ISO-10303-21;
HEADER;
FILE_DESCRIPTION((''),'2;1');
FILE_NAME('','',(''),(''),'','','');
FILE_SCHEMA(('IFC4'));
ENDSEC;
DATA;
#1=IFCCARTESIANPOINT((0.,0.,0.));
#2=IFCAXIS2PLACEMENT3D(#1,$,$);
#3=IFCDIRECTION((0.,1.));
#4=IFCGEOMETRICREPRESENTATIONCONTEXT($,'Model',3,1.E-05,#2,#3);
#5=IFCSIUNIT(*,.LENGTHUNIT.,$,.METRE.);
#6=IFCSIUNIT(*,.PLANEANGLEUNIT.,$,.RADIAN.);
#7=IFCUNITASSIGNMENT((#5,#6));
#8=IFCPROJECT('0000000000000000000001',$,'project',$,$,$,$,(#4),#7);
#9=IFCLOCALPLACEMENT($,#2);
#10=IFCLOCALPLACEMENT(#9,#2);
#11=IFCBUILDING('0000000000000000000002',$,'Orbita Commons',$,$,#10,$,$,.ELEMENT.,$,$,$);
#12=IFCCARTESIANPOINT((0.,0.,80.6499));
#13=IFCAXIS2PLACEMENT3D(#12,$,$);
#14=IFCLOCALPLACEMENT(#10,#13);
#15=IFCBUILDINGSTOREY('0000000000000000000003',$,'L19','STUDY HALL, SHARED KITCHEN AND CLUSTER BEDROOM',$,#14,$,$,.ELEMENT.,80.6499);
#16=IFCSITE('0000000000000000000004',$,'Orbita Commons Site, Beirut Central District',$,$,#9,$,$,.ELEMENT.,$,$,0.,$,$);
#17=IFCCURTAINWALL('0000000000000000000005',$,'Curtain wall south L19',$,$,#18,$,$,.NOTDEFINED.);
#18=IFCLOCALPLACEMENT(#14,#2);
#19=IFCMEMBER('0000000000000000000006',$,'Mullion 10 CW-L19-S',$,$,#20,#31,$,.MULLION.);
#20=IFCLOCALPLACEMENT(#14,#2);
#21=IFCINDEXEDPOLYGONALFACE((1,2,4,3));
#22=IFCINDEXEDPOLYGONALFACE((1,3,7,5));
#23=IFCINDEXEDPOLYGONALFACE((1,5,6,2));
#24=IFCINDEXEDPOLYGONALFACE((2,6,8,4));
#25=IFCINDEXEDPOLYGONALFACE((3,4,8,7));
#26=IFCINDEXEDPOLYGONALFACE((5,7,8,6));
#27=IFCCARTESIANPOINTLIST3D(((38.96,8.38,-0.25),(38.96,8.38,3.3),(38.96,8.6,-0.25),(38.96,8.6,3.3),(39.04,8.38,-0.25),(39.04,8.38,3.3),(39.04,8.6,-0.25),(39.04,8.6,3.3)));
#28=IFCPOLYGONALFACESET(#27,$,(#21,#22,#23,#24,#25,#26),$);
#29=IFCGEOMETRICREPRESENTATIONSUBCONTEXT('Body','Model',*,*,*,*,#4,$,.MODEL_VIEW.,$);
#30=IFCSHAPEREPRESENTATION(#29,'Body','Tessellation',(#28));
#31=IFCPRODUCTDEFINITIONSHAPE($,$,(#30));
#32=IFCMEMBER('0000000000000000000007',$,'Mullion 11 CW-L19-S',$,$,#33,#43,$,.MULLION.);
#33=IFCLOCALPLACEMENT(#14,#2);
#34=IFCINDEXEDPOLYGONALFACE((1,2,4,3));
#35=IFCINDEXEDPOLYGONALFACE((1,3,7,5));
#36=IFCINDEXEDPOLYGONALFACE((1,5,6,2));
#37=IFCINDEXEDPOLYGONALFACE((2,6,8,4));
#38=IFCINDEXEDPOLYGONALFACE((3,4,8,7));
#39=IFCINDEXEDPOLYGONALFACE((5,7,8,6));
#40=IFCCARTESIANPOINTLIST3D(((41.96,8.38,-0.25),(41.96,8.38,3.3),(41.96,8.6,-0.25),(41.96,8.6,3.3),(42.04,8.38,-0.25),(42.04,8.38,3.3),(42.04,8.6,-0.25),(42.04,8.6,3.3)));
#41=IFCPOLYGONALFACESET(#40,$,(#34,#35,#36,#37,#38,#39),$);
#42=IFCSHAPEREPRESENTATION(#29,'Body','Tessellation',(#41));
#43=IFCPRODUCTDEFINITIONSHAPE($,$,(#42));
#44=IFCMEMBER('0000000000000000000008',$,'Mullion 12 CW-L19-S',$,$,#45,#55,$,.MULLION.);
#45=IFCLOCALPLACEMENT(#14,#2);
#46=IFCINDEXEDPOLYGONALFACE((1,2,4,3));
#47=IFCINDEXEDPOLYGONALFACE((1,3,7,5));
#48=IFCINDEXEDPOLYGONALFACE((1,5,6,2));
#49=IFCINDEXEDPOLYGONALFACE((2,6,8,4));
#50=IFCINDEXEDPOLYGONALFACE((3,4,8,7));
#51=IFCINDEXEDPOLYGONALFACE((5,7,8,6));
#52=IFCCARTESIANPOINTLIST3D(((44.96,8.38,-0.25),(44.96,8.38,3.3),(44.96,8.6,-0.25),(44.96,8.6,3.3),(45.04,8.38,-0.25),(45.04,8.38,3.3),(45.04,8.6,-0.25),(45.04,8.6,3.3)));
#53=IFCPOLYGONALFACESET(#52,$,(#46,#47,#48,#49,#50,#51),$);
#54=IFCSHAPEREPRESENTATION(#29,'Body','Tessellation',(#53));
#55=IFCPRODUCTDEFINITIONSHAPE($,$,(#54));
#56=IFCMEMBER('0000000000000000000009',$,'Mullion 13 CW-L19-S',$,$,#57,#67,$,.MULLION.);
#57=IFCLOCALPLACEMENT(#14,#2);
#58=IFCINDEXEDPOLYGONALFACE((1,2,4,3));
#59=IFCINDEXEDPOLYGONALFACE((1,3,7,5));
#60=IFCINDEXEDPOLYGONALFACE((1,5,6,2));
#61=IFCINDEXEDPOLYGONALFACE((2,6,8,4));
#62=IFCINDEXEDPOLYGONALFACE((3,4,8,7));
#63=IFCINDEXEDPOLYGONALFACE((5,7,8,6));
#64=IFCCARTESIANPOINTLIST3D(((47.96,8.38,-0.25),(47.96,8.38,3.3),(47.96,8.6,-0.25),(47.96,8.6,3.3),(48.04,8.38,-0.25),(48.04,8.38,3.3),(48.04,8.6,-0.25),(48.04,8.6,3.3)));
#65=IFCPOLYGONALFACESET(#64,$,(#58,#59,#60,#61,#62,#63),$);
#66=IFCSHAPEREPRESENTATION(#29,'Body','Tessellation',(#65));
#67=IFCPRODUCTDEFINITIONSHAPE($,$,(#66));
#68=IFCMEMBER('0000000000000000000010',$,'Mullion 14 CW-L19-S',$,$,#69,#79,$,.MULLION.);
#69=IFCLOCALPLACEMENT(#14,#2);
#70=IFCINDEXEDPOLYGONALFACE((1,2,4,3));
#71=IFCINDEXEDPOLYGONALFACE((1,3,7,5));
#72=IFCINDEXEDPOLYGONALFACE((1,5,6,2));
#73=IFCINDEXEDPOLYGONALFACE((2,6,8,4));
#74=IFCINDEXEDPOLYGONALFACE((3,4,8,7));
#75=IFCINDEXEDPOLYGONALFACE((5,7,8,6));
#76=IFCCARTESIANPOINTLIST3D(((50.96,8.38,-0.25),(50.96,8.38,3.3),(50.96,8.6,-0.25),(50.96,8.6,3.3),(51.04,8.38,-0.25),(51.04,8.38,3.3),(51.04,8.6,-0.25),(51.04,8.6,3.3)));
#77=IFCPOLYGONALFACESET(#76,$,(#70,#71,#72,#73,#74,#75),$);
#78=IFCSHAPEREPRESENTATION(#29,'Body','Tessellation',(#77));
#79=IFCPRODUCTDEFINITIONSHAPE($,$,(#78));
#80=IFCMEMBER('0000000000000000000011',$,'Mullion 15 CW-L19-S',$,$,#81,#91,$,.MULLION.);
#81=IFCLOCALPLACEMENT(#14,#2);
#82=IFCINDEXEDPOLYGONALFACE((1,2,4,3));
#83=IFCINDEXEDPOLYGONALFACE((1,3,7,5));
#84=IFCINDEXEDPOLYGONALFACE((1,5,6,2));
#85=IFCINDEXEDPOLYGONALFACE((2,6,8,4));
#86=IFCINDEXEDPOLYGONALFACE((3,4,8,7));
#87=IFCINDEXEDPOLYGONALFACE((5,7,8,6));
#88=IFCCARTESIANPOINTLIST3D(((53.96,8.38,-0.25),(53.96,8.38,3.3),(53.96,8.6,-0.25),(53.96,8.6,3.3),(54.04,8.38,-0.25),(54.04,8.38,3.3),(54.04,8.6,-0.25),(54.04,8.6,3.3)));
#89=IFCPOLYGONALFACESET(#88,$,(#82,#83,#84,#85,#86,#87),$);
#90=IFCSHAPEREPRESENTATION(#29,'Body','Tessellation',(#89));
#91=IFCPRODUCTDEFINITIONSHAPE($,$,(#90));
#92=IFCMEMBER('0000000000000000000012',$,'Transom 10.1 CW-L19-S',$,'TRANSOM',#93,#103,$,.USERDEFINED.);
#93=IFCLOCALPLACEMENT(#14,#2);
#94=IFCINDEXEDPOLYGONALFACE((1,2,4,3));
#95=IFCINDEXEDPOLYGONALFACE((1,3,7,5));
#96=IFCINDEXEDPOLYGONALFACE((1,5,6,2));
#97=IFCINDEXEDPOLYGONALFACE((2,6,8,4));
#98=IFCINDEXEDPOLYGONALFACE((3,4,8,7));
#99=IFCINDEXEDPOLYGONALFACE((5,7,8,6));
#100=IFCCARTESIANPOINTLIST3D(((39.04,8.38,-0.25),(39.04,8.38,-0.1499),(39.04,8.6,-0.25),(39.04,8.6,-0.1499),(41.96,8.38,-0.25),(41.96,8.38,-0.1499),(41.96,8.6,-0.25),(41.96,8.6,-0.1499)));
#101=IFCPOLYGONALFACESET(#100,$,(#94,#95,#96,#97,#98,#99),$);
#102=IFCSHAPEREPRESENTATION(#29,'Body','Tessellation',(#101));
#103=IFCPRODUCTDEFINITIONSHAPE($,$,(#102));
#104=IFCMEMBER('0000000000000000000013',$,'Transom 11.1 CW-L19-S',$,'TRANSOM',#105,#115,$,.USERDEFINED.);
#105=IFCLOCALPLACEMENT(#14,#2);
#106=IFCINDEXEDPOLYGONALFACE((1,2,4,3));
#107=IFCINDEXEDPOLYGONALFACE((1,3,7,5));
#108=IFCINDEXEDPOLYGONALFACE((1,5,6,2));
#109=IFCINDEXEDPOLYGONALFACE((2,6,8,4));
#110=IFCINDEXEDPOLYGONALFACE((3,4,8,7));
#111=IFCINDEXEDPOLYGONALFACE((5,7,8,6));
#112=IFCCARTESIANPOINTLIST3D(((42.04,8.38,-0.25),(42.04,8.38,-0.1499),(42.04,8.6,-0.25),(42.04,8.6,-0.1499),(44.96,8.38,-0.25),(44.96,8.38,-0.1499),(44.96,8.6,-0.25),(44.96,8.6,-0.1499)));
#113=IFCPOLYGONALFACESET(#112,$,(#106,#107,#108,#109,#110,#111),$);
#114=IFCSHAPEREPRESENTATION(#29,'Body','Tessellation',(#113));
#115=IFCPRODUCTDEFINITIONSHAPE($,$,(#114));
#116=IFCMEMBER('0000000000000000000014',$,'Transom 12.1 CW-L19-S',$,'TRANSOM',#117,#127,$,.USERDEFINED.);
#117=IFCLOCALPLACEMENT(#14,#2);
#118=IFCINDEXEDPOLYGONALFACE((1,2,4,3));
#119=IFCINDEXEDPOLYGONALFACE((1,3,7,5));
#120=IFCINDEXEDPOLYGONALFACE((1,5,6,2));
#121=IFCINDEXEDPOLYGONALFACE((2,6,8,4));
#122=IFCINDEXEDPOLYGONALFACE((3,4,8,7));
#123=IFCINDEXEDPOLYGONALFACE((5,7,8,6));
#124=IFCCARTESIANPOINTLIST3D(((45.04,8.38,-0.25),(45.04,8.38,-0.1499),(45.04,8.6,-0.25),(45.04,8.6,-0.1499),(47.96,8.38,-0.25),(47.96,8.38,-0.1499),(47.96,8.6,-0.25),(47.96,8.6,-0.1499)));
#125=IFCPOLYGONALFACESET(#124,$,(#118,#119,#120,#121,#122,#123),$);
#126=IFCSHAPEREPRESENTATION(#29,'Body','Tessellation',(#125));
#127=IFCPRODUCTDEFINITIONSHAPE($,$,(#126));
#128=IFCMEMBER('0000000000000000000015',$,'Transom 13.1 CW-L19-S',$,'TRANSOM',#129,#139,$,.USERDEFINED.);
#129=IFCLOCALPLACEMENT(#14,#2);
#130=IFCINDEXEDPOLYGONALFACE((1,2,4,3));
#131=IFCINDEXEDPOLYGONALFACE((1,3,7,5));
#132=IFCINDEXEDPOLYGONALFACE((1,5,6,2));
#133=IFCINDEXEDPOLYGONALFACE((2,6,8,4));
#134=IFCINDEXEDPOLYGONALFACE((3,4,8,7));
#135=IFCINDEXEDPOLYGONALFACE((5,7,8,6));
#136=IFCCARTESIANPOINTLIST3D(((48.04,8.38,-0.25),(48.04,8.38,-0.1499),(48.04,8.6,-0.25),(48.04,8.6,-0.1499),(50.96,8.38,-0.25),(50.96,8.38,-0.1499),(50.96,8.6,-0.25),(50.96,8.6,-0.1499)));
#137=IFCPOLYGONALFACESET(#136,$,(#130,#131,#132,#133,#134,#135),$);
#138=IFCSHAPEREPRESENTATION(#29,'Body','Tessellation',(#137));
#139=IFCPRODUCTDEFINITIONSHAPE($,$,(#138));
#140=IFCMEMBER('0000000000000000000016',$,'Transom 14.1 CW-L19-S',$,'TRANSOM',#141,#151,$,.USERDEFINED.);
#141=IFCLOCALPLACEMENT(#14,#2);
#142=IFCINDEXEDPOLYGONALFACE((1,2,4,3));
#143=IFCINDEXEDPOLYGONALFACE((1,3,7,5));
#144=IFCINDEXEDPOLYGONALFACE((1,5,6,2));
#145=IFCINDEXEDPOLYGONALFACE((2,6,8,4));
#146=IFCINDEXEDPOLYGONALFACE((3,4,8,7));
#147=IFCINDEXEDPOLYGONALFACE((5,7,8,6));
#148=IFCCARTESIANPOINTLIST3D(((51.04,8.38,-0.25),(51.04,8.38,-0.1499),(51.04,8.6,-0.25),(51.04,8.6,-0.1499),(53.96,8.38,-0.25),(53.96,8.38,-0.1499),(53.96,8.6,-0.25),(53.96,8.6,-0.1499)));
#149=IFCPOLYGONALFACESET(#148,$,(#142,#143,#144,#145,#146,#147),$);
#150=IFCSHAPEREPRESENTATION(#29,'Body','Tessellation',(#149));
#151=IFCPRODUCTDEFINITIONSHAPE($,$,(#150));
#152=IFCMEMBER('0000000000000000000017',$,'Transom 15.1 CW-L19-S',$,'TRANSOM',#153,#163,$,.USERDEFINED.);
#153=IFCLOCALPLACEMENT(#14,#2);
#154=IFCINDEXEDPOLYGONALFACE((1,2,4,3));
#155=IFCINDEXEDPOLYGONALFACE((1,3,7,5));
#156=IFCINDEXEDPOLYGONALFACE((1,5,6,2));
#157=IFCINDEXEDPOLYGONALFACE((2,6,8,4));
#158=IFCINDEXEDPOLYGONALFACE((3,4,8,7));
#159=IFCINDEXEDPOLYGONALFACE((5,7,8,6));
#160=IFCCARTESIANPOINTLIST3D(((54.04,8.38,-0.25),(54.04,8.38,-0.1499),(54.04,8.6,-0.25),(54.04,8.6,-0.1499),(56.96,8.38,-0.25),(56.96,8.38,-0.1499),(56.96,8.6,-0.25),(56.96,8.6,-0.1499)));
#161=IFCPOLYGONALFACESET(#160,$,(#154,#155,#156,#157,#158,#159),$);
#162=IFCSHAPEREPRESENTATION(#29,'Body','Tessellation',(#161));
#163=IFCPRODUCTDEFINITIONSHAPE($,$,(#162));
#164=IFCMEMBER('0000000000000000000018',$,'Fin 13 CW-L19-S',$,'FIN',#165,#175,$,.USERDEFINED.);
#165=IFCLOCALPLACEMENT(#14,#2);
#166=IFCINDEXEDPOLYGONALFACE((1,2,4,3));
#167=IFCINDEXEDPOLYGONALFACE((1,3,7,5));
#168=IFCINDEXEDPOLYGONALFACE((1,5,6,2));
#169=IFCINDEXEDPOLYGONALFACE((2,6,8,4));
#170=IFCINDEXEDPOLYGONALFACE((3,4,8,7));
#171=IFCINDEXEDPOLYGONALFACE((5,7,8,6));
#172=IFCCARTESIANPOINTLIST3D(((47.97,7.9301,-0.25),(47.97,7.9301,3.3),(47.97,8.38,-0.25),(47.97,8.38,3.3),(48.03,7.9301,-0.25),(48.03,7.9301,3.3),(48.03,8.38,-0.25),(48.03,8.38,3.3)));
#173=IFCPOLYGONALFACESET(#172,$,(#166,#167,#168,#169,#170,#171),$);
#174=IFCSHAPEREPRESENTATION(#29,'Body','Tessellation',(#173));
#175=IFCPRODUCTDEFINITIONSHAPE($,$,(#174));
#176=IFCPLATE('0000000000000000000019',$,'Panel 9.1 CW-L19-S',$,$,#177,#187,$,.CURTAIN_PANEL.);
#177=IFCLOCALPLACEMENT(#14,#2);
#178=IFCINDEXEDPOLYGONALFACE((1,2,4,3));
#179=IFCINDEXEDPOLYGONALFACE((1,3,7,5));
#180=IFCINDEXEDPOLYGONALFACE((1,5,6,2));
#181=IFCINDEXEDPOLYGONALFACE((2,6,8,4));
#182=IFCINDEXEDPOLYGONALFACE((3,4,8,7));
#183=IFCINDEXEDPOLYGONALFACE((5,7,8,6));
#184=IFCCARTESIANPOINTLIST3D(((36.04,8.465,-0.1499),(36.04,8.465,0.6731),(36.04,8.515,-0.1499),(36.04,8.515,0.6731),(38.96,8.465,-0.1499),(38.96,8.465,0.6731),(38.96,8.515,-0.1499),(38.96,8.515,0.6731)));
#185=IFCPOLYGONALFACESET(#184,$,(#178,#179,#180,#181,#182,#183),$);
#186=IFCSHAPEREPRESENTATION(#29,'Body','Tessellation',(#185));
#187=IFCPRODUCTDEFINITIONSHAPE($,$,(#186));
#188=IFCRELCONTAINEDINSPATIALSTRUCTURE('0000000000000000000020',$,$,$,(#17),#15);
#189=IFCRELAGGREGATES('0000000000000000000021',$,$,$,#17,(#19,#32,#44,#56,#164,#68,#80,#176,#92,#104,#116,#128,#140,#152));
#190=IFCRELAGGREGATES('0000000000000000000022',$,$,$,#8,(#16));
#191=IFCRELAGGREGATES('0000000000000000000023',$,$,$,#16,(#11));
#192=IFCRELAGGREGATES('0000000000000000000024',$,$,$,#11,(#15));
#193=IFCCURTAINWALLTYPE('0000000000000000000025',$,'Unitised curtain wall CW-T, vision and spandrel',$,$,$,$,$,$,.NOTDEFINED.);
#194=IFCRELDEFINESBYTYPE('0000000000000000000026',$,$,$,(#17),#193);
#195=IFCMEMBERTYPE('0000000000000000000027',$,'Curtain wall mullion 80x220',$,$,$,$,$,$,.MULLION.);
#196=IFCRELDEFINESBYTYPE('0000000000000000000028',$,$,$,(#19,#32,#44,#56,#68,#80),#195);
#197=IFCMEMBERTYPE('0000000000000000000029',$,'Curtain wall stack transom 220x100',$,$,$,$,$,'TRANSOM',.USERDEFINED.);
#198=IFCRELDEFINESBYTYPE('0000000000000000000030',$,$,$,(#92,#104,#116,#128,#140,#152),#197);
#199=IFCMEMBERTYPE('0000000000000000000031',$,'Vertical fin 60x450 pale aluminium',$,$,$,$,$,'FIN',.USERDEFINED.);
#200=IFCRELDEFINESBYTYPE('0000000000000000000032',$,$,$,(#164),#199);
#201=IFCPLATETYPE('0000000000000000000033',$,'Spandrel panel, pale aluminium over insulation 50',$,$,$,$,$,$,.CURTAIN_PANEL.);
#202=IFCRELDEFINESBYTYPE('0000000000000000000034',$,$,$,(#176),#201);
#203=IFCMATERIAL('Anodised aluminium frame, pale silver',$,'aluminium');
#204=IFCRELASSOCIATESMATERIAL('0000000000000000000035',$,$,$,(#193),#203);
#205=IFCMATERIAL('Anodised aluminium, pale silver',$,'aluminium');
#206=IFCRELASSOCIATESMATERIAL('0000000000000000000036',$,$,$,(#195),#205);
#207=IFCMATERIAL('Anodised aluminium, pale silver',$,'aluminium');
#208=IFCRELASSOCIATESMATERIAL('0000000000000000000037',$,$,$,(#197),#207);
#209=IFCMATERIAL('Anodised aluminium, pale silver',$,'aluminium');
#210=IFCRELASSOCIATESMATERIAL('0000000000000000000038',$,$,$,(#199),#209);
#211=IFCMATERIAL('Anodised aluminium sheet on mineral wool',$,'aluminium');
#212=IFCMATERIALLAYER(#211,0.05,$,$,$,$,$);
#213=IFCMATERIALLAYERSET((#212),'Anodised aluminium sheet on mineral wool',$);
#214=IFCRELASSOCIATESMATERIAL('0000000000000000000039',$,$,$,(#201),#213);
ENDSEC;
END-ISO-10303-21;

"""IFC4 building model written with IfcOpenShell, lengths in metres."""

from ifc_helpers import new_model, si_unit, direction, frame, origin, origin_2d, place, context, subcontext, project, spatial, rectangle, extrude, material, layer, layer_set, material_profile, profile_set, type_object, element, aggregate, save


model = new_model("IFC4")

# Units and contexts
model_context = context("Model", 3, precision=1e-05, world=origin(), true_north=direction((0.0, 1.0)))
body_context = subcontext(model_context, "Body", "Model", "MODEL_VIEW")
ifc_project = project(units=[si_unit("LENGTHUNIT", "METRE"), si_unit("PLANEANGLEUNIT", "RADIAN")], contexts=[model_context])

# Site, building, storey
site_placement = place(None, origin())
site = spatial("IfcSite", under=ifc_project, at=site_placement, Name="Orbita Commons Site, Beirut Central District", CompositionType="ELEMENT", RefElevation=0.0)
building_placement = place(site_placement, origin())
building = spatial("IfcBuilding", under=site, at=building_placement, Name="Orbita Commons", CompositionType="ELEMENT")
storey_placement = place(building_placement, frame((0.0, 0.0, 80.6499)))
storey = spatial("IfcBuildingStorey", under=building, at=storey_placement, Name="L19", Description="STUDY HALL, SHARED KITCHEN AND CLUSTER BEDROOM", CompositionType="ELEMENT", Elevation=80.6499)

# Curtain wall, members, plate
ifc_material_1 = material(Name="Anodised aluminium frame, pale silver", Category="aluminium")
curtain_wall_type = type_object("IfcCurtainWallType", Name="Unitised curtain wall CW-T, vision and spandrel", PredefinedType="NOTDEFINED", material=ifc_material_1)
curtain_wall_placement = place(storey_placement, origin())
curtain_wall = element("IfcCurtainWall", 1, at=curtain_wall_placement, inside=storey, type_object=curtain_wall_type, Name="Curtain wall south L19", PredefinedType="NOTDEFINED")
ifc_material_2 = material(Name="Anodised aluminium, pale silver", Category="aluminium")
ifc_material_profile_1 = material_profile(ifc_material_2, rectangle(XDim=0.0801, YDim=0.22, at=origin_2d()), Name="AL 80x220")
ifc_profile_set_1 = profile_set([ifc_material_profile_1], Name="Anodised aluminium, pale silver")
member_type_1 = type_object("IfcMemberType", Name="Curtain wall mullion 80x220", PredefinedType="MULLION", material=ifc_profile_set_1)
member_1_placement = place(storey_placement, frame((39.0, 8.49, -0.25), z_axis=(0.0, 0.0, 1.0), x_axis=(1.0, 0.0, 0.0)))
member_1 = element("IfcMember", 2, at=member_1_placement, type_object=member_type_1, Name="Mullion 10 CW-L19-S", PredefinedType="MULLION", context=body_context, shape_type="SweptSolid", body=[
    extrude(rectangle(XDim=0.0801, YDim=0.22, at=origin_2d()), origin(), (0.0, 0.0, 1.0), 3.55),
])
member_2_placement = place(storey_placement, frame((42.0, 8.49, -0.25), z_axis=(0.0, 0.0, 1.0), x_axis=(1.0, 0.0, 0.0)))
member_2 = element("IfcMember", 3, at=member_2_placement, type_object=member_type_1, Name="Mullion 11 CW-L19-S", PredefinedType="MULLION", context=body_context, shape_type="SweptSolid", body=[
    extrude(rectangle(XDim=0.0801, YDim=0.22, at=origin_2d()), origin(), (0.0, 0.0, 1.0), 3.55),
])
member_3_placement = place(storey_placement, frame((45.0, 8.49, -0.25), z_axis=(0.0, 0.0, 1.0), x_axis=(1.0, 0.0, 0.0)))
member_3 = element("IfcMember", 4, at=member_3_placement, type_object=member_type_1, Name="Mullion 12 CW-L19-S", PredefinedType="MULLION", context=body_context, shape_type="SweptSolid", body=[
    extrude(rectangle(XDim=0.0801, YDim=0.22, at=origin_2d()), origin(), (0.0, 0.0, 1.0), 3.55),
])
member_4_placement = place(storey_placement, frame((48.0, 8.49, -0.25), z_axis=(0.0, 0.0, 1.0), x_axis=(1.0, 0.0, 0.0)))
member_4 = element("IfcMember", 5, at=member_4_placement, type_object=member_type_1, Name="Mullion 13 CW-L19-S", PredefinedType="MULLION", context=body_context, shape_type="SweptSolid", body=[
    extrude(rectangle(XDim=0.0801, YDim=0.22, at=origin_2d()), origin(), (0.0, 0.0, 1.0), 3.55),
])
member_5_placement = place(storey_placement, frame((51.0, 8.49, -0.25), z_axis=(0.0, 0.0, 1.0), x_axis=(1.0, 0.0, 0.0)))
member_5 = element("IfcMember", 6, at=member_5_placement, type_object=member_type_1, Name="Mullion 14 CW-L19-S", PredefinedType="MULLION", context=body_context, shape_type="SweptSolid", body=[
    extrude(rectangle(XDim=0.0801, YDim=0.22, at=origin_2d()), origin(), (0.0, 0.0, 1.0), 3.55),
])
member_6_placement = place(storey_placement, frame((54.0, 8.49, -0.25), z_axis=(0.0, 0.0, 1.0), x_axis=(1.0, 0.0, 0.0)))
member_6 = element("IfcMember", 7, at=member_6_placement, type_object=member_type_1, Name="Mullion 15 CW-L19-S", PredefinedType="MULLION", context=body_context, shape_type="SweptSolid", body=[
    extrude(rectangle(XDim=0.0801, YDim=0.22, at=origin_2d()), origin(), (0.0, 0.0, 1.0), 3.55),
])
ifc_material_3 = material(Name="Anodised aluminium, pale silver", Category="aluminium")
ifc_material_profile_2 = material_profile(ifc_material_3, rectangle(XDim=0.22, YDim=0.1001, at=origin_2d()), Name="AL 220x100")
ifc_profile_set_2 = profile_set([ifc_material_profile_2], Name="Anodised aluminium, pale silver")
member_type_2 = type_object("IfcMemberType", Name="Curtain wall stack transom 220x100", ElementType="TRANSOM", PredefinedType="USERDEFINED", material=ifc_profile_set_2)
member_7_placement = place(storey_placement, frame((39.04, 8.49, -0.2), z_axis=(1.0, 0.0, 0.0), x_axis=(0.0, 1.0, 0.0)))
member_7 = element("IfcMember", 8, at=member_7_placement, type_object=member_type_2, Name="Transom 10.1 CW-L19-S", ObjectType="TRANSOM", PredefinedType="USERDEFINED", context=body_context, shape_type="SweptSolid", body=[
    extrude(rectangle(XDim=0.22, YDim=0.1001, at=origin_2d()), origin(), (0.0, 0.0, 1.0), 2.9199),
])
member_8_placement = place(storey_placement, frame((42.04, 8.49, -0.2), z_axis=(1.0, 0.0, 0.0), x_axis=(0.0, 1.0, 0.0)))
member_8 = element("IfcMember", 9, at=member_8_placement, type_object=member_type_2, Name="Transom 11.1 CW-L19-S", ObjectType="TRANSOM", PredefinedType="USERDEFINED", context=body_context, shape_type="SweptSolid", body=[
    extrude(rectangle(XDim=0.22, YDim=0.1001, at=origin_2d()), origin(), (0.0, 0.0, 1.0), 2.9199),
])
member_9_placement = place(storey_placement, frame((45.04, 8.49, -0.2), z_axis=(1.0, 0.0, 0.0), x_axis=(0.0, 1.0, 0.0)))
member_9 = element("IfcMember", 10, at=member_9_placement, type_object=member_type_2, Name="Transom 12.1 CW-L19-S", ObjectType="TRANSOM", PredefinedType="USERDEFINED", context=body_context, shape_type="SweptSolid", body=[
    extrude(rectangle(XDim=0.22, YDim=0.1001, at=origin_2d()), origin(), (0.0, 0.0, 1.0), 2.9199),
])
member_10_placement = place(storey_placement, frame((48.04, 8.49, -0.2), z_axis=(1.0, 0.0, 0.0), x_axis=(0.0, 1.0, 0.0)))
member_10 = element("IfcMember", 11, at=member_10_placement, type_object=member_type_2, Name="Transom 13.1 CW-L19-S", ObjectType="TRANSOM", PredefinedType="USERDEFINED", context=body_context, shape_type="SweptSolid", body=[
    extrude(rectangle(XDim=0.22, YDim=0.1001, at=origin_2d()), origin(), (0.0, 0.0, 1.0), 2.9199),
])
member_11_placement = place(storey_placement, frame((51.04, 8.49, -0.2), z_axis=(1.0, 0.0, 0.0), x_axis=(0.0, 1.0, 0.0)))
member_11 = element("IfcMember", 12, at=member_11_placement, type_object=member_type_2, Name="Transom 14.1 CW-L19-S", ObjectType="TRANSOM", PredefinedType="USERDEFINED", context=body_context, shape_type="SweptSolid", body=[
    extrude(rectangle(XDim=0.22, YDim=0.1001, at=origin_2d()), origin(), (0.0, 0.0, 1.0), 2.9199),
])
member_12_placement = place(storey_placement, frame((54.04, 8.49, -0.2), z_axis=(1.0, 0.0, 0.0), x_axis=(0.0, 1.0, 0.0)))
member_12 = element("IfcMember", 13, at=member_12_placement, type_object=member_type_2, Name="Transom 15.1 CW-L19-S", ObjectType="TRANSOM", PredefinedType="USERDEFINED", context=body_context, shape_type="SweptSolid", body=[
    extrude(rectangle(XDim=0.22, YDim=0.1001, at=origin_2d()), origin(), (0.0, 0.0, 1.0), 2.9199),
])
ifc_material_4 = material(Name="Anodised aluminium, pale silver", Category="aluminium")
ifc_material_profile_3 = material_profile(ifc_material_4, rectangle(XDim=0.0601, YDim=0.45, at=origin_2d()), Name="FIN 60x450")
ifc_profile_set_3 = profile_set([ifc_material_profile_3], Name="Anodised aluminium, pale silver")
member_type_3 = type_object("IfcMemberType", Name="Vertical fin 60x450 pale aluminium", ElementType="FIN", PredefinedType="USERDEFINED", material=ifc_profile_set_3)
member_13_placement = place(storey_placement, frame((48.0, 8.155, -0.25), z_axis=(0.0, 0.0, 1.0), x_axis=(1.0, 0.0, 0.0)))
member_13 = element("IfcMember", 14, at=member_13_placement, type_object=member_type_3, Name="Fin 13 CW-L19-S", ObjectType="FIN", PredefinedType="USERDEFINED", context=body_context, shape_type="SweptSolid", body=[
    extrude(rectangle(XDim=0.0601, YDim=0.45, at=origin_2d()), origin(), (0.0, 0.0, 1.0), 3.55),
])
ifc_material_5 = material(Name="Anodised aluminium sheet on mineral wool", Category="aluminium")
ifc_layer_1 = layer(ifc_material_5, 0.05)
ifc_layer_set_1 = layer_set([ifc_layer_1], Name="Anodised aluminium sheet on mineral wool")
plate_type_1 = type_object("IfcPlateType", Name="Spandrel panel, pale aluminium over insulation 50", PredefinedType="CURTAIN_PANEL", material=ifc_layer_set_1)
plate_1_placement = place(storey_placement, frame((37.5, 8.49, -0.1499), z_axis=(0.0, 0.0, 1.0), x_axis=(1.0, 0.0, 0.0)))
plate_1 = element("IfcPlate", 15, at=plate_1_placement, type_object=plate_type_1, Name="Panel 9.1 CW-L19-S", PredefinedType="CURTAIN_PANEL", context=body_context, shape_type="SweptSolid", body=[
    extrude(rectangle(XDim=2.9199, YDim=0.05, at=origin_2d()), origin(), (0.0, 0.0, 1.0), 0.823),
])
aggregate(curtain_wall, [member_1, member_2, member_3, member_4, member_13, member_5, member_6, plate_1, member_7, member_8, member_9, member_10, member_11, member_12])

save(model, "model.ifc")
